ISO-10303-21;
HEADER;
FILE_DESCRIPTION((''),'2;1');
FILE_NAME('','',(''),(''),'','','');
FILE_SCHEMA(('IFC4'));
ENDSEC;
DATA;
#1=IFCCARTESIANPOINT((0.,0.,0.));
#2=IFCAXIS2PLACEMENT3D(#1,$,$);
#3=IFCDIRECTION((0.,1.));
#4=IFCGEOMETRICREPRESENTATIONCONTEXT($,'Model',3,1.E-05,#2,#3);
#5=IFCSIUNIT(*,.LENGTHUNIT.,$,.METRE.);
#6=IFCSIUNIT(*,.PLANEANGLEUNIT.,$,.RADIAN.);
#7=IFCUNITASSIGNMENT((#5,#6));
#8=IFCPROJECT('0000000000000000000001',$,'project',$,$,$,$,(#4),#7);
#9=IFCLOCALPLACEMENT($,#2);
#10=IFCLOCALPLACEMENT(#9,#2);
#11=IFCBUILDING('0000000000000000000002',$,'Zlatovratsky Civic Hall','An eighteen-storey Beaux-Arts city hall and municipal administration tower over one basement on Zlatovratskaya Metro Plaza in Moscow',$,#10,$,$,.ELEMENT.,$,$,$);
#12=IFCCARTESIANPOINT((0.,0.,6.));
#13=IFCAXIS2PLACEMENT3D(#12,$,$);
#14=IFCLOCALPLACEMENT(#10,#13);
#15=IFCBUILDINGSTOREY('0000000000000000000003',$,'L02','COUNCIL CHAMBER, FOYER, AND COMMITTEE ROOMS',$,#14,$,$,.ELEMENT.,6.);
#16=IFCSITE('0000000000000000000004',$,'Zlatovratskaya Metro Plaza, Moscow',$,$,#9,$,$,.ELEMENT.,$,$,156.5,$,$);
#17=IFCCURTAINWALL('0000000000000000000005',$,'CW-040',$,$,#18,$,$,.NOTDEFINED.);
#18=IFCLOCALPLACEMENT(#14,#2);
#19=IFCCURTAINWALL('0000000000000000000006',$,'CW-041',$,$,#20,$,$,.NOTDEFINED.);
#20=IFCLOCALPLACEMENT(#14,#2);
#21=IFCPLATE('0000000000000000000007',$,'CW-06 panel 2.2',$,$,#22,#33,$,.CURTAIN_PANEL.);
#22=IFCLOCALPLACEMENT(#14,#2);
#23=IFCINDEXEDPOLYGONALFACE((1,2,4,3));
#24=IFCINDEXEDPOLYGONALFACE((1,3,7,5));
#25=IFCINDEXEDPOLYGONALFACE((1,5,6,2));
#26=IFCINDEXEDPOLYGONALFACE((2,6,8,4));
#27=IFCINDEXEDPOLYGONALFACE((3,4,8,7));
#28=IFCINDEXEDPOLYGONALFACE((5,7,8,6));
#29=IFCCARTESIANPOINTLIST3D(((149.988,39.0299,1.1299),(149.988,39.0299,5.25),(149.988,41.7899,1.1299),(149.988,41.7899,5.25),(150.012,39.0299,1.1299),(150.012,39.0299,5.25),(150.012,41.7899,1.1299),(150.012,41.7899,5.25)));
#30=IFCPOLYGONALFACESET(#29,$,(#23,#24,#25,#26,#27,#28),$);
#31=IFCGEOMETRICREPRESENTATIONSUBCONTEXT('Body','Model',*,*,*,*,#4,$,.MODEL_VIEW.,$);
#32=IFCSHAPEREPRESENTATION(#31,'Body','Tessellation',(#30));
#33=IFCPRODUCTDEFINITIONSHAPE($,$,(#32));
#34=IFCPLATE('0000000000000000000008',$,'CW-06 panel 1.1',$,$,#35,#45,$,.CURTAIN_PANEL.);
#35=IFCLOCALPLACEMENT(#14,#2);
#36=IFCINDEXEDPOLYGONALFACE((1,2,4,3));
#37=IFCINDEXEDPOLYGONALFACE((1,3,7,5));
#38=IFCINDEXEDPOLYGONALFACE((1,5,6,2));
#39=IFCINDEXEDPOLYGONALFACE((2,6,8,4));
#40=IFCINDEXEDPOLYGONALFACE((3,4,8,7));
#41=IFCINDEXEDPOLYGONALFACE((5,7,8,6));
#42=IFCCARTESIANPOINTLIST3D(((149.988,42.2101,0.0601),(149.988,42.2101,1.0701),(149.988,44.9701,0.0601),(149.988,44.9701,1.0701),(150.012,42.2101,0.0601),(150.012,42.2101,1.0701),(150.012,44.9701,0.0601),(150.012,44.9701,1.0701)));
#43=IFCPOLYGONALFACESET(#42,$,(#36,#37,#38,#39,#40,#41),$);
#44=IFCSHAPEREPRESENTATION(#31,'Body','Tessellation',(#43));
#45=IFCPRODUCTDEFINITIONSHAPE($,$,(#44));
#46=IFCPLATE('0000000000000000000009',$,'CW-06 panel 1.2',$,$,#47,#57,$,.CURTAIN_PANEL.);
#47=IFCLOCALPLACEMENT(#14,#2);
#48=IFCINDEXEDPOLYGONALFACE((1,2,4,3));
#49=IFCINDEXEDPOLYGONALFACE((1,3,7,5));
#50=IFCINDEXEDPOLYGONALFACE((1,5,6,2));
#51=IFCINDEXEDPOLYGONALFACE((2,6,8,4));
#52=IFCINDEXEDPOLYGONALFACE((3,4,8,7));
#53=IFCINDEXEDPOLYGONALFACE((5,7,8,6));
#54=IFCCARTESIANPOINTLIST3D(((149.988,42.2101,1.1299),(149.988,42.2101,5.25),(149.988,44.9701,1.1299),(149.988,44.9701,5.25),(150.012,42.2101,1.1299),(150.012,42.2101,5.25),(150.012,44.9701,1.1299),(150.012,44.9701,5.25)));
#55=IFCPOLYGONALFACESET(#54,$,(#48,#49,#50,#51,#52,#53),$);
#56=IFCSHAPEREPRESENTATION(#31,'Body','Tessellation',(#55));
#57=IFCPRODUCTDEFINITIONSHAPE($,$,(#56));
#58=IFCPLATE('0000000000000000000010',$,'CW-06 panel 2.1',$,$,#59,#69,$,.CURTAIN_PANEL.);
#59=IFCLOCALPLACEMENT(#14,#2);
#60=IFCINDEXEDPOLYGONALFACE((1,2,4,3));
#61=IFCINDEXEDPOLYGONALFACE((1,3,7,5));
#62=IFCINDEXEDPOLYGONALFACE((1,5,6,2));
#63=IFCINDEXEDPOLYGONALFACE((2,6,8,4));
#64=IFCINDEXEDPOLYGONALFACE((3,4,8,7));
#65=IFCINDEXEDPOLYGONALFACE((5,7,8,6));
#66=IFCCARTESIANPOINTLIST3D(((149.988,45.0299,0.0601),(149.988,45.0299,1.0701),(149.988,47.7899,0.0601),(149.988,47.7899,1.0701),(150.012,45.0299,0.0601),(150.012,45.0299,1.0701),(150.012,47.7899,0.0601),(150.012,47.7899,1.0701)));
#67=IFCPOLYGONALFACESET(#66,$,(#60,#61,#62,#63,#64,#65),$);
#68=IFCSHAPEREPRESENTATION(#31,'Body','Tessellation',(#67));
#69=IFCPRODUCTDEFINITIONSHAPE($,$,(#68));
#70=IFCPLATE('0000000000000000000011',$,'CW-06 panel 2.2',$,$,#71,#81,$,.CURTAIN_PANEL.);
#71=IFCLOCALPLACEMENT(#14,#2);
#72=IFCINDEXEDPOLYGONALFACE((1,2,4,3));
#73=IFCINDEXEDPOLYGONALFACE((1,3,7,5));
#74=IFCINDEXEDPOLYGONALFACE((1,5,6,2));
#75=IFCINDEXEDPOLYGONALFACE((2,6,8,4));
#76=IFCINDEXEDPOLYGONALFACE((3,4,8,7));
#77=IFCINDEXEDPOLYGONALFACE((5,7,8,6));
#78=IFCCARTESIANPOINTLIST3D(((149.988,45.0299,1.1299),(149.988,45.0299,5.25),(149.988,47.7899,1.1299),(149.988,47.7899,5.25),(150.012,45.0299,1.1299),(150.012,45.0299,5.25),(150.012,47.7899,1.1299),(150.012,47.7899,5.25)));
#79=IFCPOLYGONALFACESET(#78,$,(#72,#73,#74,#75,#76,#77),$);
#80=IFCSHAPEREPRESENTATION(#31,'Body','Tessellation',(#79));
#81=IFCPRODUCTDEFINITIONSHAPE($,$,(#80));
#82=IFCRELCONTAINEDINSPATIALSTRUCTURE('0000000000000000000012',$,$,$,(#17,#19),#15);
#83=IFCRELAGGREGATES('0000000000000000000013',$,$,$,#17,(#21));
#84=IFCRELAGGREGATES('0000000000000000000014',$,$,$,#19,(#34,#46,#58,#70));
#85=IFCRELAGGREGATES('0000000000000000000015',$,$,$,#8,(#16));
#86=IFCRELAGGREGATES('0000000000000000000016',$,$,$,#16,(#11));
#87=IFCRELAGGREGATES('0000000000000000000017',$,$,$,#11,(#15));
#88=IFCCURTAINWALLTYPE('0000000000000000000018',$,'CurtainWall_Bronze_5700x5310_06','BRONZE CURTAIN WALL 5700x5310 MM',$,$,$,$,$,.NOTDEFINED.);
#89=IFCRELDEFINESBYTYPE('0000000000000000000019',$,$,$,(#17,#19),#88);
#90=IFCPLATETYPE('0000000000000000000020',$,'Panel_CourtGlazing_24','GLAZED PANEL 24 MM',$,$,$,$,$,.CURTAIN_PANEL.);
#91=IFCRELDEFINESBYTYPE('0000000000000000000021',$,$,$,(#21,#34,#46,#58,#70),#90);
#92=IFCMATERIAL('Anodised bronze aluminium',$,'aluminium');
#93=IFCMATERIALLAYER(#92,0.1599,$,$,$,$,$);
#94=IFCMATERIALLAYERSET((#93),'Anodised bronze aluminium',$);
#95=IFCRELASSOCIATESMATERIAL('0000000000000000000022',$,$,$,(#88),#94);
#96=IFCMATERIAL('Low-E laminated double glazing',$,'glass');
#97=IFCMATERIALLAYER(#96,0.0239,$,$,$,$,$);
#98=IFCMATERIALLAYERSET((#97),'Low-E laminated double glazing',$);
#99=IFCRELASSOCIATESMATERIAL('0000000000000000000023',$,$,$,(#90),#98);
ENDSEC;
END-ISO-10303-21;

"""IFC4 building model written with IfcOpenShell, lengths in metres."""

from ifc_helpers import new_model, si_unit, direction, frame, origin, origin_2d, place, context, subcontext, project, spatial, rectangle, extrude, material, layer, layer_set, type_object, element, aggregate, save


model = new_model("IFC4")

# Units and contexts
model_context = context("Model", 3, precision=1e-05, world=origin(), true_north=direction((0.0, 1.0)))
body_context = subcontext(model_context, "Body", "Model", "MODEL_VIEW")
ifc_project = project(units=[si_unit("LENGTHUNIT", "METRE"), si_unit("PLANEANGLEUNIT", "RADIAN")], contexts=[model_context])

# Site, building, storey
site_placement = place(None, origin())
site = spatial("IfcSite", under=ifc_project, at=site_placement, Name="Zlatovratskaya Metro Plaza, Moscow", CompositionType="ELEMENT", RefElevation=156.5)
building_placement = place(site_placement, origin())
building = spatial("IfcBuilding", under=site, at=building_placement, Name="Zlatovratsky Civic Hall", Description="An eighteen-storey Beaux-Arts city hall and municipal administration tower over one basement on Zlatovratskaya Metro Plaza in Moscow", CompositionType="ELEMENT")
storey_placement = place(building_placement, frame((0.0, 0.0, 6.0)))
storey = spatial("IfcBuildingStorey", under=building, at=storey_placement, Name="L02", Description="COUNCIL CHAMBER, FOYER, AND COMMITTEE ROOMS", CompositionType="ELEMENT", Elevation=6.0)

# Shared definitions
ifc_material_1 = material(Name="Anodised bronze aluminium", Category="aluminium")

# Curtain walls
ifc_layer_1 = layer(ifc_material_1, 0.1599)
ifc_layer_set_1 = layer_set([ifc_layer_1], Name="Anodised bronze aluminium")
curtain_wall_type_1 = type_object("IfcCurtainWallType", Name="CurtainWall_Bronze_5700x5310_06", Description="BRONZE CURTAIN WALL 5700x5310 MM", PredefinedType="NOTDEFINED", material=ifc_layer_set_1)
curtain_wall_1_placement = place(storey_placement, origin())
curtain_wall_1 = element("IfcCurtainWall", 1, at=curtain_wall_1_placement, inside=storey, type_object=curtain_wall_type_1, Name="CW-040", PredefinedType="NOTDEFINED")
curtain_wall_2_placement = place(storey_placement, origin())
curtain_wall_2 = element("IfcCurtainWall", 2, at=curtain_wall_2_placement, inside=storey, type_object=curtain_wall_type_1, Name="CW-041", PredefinedType="NOTDEFINED")

# Plates
ifc_material_2 = material(Name="Low-E laminated double glazing", Category="glass")
ifc_layer_2 = layer(ifc_material_2, 0.0239)
ifc_layer_set_2 = layer_set([ifc_layer_2], Name="Low-E laminated double glazing")
plate_type = type_object("IfcPlateType", Name="Panel_CourtGlazing_24", Description="GLAZED PANEL 24 MM", PredefinedType="CURTAIN_PANEL", material=ifc_layer_set_2)
plate_1_placement = place(storey_placement, frame((150.0, 40.4099, 1.1299), z_axis=(0.0, 0.0, 1.0), x_axis=(0.0, 1.0, 0.0)))
plate_1 = element("IfcPlate", 3, at=plate_1_placement, type_object=plate_type, Name="CW-06 panel 2.2", PredefinedType="CURTAIN_PANEL", context=body_context, shape_type="SweptSolid", body=[
    extrude(rectangle(XDim=2.76, YDim=0.0239, at=origin_2d()), origin(), (0.0, 0.0, 1.0), 4.1201),
])
aggregate(curtain_wall_1, [plate_1])
plate_2_placement = place(storey_placement, frame((150.0, 43.5901, 0.0601), z_axis=(0.0, 0.0, 1.0), x_axis=(0.0, 1.0, 0.0)))
plate_2 = element("IfcPlate", 4, at=plate_2_placement, type_object=plate_type, Name="CW-06 panel 1.1", PredefinedType="CURTAIN_PANEL", context=body_context, shape_type="SweptSolid", body=[
    extrude(rectangle(XDim=2.76, YDim=0.0239, at=origin_2d()), origin(), (0.0, 0.0, 1.0), 1.01),
])
plate_3_placement = place(storey_placement, frame((150.0, 43.5901, 1.1299), z_axis=(0.0, 0.0, 1.0), x_axis=(0.0, 1.0, 0.0)))
plate_3 = element("IfcPlate", 5, at=plate_3_placement, type_object=plate_type, Name="CW-06 panel 1.2", PredefinedType="CURTAIN_PANEL", context=body_context, shape_type="SweptSolid", body=[
    extrude(rectangle(XDim=2.76, YDim=0.0239, at=origin_2d()), origin(), (0.0, 0.0, 1.0), 4.1201),
])
plate_4_placement = place(storey_placement, frame((150.0, 46.4099, 0.0601), z_axis=(0.0, 0.0, 1.0), x_axis=(0.0, 1.0, 0.0)))
plate_4 = element("IfcPlate", 6, at=plate_4_placement, type_object=plate_type, Name="CW-06 panel 2.1", PredefinedType="CURTAIN_PANEL", context=body_context, shape_type="SweptSolid", body=[
    extrude(rectangle(XDim=2.76, YDim=0.0239, at=origin_2d()), origin(), (0.0, 0.0, 1.0), 1.01),
])
plate_5_placement = place(storey_placement, frame((150.0, 46.4099, 1.1299), z_axis=(0.0, 0.0, 1.0), x_axis=(0.0, 1.0, 0.0)))
plate_5 = element("IfcPlate", 7, at=plate_5_placement, type_object=plate_type, Name="CW-06 panel 2.2", PredefinedType="CURTAIN_PANEL", context=body_context, shape_type="SweptSolid", body=[
    extrude(rectangle(XDim=2.76, YDim=0.0239, at=origin_2d()), origin(), (0.0, 0.0, 1.0), 4.1201),
])
aggregate(curtain_wall_2, [plate_2, plate_3, plate_4, plate_5])

save(model, "model.ifc")
